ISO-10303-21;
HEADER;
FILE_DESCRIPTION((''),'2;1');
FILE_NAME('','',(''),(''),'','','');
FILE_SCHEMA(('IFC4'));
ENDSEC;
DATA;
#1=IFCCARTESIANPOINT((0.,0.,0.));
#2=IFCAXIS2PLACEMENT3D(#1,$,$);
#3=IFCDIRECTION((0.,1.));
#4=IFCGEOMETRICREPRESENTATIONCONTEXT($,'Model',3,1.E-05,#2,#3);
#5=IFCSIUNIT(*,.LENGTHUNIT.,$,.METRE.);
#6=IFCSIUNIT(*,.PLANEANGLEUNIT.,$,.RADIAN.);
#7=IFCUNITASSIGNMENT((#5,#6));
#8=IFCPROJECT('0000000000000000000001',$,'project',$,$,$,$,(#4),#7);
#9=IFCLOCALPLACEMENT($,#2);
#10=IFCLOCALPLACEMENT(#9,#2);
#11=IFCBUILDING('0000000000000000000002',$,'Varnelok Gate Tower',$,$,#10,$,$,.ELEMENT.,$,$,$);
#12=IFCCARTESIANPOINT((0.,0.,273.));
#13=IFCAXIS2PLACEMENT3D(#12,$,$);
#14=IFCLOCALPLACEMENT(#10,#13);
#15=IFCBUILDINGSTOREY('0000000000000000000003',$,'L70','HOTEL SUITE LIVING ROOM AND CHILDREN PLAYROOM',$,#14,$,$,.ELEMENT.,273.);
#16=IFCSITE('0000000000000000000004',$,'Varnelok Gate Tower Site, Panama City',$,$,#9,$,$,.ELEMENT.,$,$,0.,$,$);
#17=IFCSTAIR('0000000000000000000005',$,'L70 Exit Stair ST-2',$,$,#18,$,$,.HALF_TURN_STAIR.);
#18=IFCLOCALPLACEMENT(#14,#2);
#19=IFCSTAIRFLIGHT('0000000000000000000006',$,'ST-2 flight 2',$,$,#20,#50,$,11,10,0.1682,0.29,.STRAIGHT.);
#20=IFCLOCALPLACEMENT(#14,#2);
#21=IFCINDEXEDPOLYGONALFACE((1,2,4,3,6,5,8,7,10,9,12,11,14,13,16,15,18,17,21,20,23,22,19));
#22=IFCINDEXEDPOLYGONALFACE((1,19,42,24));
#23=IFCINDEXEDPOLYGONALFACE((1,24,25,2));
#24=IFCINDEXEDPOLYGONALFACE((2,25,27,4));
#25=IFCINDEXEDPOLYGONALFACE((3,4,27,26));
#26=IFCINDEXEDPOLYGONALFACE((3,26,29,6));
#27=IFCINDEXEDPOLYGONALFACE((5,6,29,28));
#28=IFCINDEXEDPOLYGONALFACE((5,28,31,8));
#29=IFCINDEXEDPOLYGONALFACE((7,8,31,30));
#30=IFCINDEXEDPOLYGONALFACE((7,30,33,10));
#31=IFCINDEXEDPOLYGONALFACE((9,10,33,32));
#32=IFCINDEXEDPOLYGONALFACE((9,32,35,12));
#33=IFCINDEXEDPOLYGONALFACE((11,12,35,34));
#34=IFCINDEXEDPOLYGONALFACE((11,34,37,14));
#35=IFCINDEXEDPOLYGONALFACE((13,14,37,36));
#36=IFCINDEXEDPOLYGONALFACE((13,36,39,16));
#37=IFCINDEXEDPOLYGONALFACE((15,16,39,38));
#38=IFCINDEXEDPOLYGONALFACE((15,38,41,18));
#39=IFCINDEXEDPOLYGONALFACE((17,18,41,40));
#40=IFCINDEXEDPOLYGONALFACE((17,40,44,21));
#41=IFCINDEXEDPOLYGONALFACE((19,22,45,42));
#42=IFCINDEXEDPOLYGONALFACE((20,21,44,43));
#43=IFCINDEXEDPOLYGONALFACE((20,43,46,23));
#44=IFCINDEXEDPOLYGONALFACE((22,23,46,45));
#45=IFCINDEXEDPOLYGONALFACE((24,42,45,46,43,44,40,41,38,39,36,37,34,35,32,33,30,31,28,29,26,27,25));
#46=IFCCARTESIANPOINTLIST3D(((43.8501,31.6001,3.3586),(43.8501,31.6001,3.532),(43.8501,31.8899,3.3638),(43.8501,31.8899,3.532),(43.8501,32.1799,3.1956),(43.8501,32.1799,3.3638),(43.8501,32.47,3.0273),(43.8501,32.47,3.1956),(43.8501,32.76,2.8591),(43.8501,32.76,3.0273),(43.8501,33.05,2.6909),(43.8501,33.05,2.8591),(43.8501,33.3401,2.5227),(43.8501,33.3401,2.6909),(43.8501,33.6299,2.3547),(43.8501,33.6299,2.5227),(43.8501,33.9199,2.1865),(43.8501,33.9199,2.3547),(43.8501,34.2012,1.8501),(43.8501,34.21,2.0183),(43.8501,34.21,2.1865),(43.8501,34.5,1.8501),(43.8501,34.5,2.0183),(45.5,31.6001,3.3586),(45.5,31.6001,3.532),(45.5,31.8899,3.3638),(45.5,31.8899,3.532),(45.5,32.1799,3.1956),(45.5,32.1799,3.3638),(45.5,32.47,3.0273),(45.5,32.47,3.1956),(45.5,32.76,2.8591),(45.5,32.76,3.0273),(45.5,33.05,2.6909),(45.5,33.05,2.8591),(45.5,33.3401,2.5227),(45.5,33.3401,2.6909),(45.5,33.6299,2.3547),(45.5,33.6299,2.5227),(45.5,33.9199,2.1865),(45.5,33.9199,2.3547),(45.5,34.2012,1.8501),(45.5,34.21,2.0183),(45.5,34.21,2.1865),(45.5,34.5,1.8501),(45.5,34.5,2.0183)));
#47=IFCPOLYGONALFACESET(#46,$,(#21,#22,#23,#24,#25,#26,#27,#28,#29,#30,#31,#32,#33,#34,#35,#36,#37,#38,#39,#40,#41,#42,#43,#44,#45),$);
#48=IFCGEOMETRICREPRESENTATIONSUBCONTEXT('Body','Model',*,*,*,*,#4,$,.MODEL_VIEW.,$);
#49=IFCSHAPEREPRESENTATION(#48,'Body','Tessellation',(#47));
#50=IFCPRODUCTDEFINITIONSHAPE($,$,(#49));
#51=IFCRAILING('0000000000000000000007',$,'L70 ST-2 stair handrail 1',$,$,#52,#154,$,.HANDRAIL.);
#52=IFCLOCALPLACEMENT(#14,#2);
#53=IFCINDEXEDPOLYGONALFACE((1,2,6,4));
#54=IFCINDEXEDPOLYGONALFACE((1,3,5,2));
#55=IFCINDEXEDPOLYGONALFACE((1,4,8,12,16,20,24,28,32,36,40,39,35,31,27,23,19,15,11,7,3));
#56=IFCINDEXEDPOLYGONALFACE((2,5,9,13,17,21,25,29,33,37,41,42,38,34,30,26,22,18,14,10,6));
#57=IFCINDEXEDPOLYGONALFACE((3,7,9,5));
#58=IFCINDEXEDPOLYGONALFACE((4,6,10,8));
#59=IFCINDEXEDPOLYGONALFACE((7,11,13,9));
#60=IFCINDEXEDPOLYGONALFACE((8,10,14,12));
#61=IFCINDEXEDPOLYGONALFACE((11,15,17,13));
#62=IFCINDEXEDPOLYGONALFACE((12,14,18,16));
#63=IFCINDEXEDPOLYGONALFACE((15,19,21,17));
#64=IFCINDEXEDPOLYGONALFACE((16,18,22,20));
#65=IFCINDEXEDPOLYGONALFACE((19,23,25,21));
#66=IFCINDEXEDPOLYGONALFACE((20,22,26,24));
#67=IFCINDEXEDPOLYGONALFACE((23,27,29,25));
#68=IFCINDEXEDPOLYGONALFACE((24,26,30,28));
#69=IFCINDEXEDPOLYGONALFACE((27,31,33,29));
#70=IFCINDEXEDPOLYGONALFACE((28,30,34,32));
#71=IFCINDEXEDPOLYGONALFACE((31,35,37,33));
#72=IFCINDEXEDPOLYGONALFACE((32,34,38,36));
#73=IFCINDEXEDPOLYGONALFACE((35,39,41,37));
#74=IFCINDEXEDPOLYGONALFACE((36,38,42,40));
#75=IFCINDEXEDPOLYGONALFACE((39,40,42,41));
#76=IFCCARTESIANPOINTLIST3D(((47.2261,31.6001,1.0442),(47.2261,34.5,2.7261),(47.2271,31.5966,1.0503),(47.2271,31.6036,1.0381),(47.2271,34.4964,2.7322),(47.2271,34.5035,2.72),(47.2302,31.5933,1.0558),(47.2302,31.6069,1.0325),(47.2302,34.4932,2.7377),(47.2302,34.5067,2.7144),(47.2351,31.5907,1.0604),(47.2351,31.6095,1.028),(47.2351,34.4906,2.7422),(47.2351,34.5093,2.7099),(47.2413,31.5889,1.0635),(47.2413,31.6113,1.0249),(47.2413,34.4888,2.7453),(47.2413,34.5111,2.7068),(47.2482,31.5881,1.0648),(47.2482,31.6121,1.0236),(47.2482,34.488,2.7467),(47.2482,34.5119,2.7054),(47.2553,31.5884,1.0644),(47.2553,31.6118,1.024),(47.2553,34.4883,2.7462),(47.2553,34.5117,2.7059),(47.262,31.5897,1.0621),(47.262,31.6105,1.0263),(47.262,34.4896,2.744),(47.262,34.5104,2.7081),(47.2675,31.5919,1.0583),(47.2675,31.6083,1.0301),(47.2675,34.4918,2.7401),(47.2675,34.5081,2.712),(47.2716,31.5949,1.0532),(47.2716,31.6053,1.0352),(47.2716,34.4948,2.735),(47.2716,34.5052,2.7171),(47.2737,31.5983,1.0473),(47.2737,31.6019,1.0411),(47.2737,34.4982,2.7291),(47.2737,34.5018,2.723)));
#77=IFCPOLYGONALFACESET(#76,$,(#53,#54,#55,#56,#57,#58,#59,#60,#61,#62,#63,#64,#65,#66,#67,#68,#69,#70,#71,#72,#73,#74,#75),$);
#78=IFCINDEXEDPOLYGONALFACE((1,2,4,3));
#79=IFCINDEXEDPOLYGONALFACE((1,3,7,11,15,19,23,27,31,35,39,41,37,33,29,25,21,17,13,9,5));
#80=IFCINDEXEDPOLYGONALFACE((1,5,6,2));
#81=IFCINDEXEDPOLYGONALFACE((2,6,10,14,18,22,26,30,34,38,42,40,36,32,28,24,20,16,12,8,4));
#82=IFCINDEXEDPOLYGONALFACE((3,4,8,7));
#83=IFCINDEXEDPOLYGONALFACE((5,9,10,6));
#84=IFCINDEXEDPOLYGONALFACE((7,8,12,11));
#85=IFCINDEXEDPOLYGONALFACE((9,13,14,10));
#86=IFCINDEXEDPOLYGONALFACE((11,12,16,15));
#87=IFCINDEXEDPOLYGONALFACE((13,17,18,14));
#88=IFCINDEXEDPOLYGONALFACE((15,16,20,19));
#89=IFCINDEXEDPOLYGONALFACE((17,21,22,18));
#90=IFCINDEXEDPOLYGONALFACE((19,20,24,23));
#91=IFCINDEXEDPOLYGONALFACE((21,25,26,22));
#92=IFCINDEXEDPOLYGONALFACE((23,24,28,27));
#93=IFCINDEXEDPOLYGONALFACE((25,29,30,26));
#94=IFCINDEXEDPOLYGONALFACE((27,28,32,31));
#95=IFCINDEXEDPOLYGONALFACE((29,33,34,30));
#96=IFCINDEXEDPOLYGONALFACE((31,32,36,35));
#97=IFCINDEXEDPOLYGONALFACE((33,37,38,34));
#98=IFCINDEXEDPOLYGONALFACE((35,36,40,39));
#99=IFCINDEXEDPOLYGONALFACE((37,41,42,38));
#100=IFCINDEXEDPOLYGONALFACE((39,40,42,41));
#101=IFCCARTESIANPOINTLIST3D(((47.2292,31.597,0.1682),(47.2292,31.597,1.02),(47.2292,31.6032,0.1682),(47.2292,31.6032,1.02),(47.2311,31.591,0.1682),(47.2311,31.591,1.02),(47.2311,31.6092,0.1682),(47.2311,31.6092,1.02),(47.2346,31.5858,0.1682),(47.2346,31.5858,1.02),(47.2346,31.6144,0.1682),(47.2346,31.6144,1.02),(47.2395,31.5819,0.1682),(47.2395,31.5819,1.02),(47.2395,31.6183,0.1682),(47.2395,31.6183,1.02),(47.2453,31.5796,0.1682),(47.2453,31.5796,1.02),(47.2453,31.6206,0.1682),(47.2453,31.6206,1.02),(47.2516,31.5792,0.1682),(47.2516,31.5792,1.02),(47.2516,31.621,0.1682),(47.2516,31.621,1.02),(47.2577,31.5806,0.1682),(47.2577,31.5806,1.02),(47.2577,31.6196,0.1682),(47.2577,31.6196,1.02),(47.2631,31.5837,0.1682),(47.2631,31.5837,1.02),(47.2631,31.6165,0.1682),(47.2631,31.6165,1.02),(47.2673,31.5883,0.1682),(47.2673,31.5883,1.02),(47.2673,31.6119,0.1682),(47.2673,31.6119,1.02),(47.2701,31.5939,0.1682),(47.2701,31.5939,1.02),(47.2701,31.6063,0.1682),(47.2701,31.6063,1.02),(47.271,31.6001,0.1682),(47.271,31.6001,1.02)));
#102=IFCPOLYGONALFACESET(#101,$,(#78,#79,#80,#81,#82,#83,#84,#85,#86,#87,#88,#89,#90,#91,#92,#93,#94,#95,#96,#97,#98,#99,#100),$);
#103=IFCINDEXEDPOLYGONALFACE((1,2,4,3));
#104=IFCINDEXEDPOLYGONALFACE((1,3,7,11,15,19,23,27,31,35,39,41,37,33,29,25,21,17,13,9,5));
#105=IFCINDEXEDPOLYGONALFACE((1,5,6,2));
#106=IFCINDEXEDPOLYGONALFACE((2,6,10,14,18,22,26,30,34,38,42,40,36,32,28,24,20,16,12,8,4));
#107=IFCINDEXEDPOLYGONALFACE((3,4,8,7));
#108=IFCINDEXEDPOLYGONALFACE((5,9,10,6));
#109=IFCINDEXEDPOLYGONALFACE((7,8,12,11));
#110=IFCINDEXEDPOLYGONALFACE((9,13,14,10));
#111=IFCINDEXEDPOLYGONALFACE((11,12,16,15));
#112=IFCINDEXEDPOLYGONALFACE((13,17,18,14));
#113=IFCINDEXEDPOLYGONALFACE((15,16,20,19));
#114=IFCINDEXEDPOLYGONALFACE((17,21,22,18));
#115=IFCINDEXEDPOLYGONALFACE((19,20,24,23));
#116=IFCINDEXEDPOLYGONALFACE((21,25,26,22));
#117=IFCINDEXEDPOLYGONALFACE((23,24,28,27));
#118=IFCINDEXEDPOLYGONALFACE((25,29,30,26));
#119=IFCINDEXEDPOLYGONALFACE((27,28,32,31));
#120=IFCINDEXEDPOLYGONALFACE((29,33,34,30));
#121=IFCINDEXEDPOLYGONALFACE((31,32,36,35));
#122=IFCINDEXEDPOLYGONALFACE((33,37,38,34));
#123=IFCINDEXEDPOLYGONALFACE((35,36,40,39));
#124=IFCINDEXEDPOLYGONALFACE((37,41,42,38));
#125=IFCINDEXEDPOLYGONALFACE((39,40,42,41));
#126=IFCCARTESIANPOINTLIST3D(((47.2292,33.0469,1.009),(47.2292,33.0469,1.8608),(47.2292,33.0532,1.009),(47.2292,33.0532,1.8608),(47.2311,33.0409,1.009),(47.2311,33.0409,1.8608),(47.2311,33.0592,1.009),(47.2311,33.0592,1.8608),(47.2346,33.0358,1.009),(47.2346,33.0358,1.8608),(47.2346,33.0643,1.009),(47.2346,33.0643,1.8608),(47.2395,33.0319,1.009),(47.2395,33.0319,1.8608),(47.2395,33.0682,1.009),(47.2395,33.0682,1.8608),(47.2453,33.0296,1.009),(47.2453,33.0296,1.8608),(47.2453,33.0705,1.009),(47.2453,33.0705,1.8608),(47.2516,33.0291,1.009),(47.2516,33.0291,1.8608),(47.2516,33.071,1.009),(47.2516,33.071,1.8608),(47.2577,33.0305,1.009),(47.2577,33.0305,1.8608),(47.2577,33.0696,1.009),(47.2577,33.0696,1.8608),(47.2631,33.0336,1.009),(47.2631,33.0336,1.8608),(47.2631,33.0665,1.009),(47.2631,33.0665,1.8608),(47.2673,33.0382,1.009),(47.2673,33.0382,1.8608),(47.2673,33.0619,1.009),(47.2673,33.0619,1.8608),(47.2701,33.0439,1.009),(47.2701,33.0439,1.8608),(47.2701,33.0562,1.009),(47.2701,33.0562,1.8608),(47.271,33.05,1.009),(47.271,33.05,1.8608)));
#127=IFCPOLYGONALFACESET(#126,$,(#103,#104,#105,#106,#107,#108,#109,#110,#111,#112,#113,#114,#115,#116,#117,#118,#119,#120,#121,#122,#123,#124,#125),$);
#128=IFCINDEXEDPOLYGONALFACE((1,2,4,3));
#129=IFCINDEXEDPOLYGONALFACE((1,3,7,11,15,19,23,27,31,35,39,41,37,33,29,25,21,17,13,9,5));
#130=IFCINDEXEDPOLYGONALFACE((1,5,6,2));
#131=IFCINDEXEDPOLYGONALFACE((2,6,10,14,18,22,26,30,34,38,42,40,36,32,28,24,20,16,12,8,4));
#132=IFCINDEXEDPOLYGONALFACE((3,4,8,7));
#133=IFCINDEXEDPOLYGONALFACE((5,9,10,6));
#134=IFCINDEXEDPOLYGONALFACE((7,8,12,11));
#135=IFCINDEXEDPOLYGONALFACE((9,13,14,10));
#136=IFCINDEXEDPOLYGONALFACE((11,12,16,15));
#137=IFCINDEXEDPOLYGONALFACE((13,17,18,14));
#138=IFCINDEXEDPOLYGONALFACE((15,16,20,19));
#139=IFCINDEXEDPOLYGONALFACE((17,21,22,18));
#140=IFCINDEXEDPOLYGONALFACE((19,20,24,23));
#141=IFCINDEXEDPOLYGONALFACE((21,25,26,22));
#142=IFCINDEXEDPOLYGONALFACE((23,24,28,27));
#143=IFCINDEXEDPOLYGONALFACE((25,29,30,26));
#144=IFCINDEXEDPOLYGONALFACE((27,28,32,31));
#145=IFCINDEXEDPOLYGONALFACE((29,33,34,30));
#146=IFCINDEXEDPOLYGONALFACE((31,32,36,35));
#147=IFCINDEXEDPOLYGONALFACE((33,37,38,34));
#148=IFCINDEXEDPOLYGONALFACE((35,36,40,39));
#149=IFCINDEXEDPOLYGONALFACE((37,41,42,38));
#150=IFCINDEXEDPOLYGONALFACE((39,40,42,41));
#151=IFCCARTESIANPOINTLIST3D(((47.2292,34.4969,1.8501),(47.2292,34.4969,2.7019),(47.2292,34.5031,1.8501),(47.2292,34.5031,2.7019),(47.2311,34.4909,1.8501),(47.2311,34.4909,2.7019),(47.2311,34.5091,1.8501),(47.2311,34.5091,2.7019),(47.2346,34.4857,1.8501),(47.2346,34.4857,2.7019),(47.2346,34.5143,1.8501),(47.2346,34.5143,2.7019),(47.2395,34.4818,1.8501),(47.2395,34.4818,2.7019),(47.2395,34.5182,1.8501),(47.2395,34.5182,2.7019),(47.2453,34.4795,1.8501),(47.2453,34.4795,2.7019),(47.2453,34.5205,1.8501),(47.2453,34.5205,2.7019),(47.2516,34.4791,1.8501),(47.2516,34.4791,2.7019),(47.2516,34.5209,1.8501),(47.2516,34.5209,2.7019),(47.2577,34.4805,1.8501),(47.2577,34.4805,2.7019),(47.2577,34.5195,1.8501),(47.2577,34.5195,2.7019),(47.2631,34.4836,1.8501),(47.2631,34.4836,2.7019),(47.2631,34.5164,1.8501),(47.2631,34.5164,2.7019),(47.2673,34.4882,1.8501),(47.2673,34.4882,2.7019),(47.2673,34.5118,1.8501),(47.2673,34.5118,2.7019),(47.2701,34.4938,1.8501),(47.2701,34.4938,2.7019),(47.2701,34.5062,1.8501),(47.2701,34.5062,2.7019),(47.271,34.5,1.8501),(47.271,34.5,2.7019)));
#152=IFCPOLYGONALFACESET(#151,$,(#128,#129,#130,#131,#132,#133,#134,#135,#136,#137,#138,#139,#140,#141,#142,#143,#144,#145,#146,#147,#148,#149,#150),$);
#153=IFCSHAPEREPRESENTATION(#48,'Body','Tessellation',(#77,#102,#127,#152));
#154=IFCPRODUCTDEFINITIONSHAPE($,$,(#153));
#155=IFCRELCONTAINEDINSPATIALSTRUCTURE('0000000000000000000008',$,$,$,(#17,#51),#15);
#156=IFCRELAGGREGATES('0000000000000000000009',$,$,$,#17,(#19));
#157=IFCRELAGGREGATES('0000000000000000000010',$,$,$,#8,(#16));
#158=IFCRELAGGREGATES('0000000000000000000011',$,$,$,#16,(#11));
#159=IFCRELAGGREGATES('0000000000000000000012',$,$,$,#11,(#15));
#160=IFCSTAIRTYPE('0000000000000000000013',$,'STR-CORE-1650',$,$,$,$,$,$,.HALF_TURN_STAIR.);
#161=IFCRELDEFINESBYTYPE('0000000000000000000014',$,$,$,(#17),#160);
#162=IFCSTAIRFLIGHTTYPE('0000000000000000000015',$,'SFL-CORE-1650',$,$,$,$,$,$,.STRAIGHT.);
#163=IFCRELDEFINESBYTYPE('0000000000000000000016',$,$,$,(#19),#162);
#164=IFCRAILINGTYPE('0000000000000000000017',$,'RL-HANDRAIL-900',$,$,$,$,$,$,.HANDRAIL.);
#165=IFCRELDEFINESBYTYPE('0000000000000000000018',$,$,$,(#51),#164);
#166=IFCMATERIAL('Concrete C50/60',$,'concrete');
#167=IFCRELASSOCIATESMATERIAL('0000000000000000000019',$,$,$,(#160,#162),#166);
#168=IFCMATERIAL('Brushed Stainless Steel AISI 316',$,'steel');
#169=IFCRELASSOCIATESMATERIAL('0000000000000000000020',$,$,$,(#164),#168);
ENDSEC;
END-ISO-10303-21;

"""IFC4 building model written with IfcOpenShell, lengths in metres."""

from ifc_helpers import new_model, si_unit, direction, frame, origin, origin_2d, place, context, subcontext, project, spatial, polyline, circle, outline, extrude, material, type_object, element, aggregate, save


model = new_model("IFC4")

# Units and contexts
model_context = context("Model", 3, precision=1e-05, world=origin(), true_north=direction((0.0, 1.0)))
body_context = subcontext(model_context, "Body", "Model", "MODEL_VIEW")
ifc_project = project(units=[si_unit("LENGTHUNIT", "METRE"), si_unit("PLANEANGLEUNIT", "RADIAN")], contexts=[model_context])

# Site, building, storey
site_placement = place(None, origin())
site = spatial("IfcSite", under=ifc_project, at=site_placement, Name="Varnelok Gate Tower Site, Panama City", CompositionType="ELEMENT", RefElevation=0.0)
building_placement = place(site_placement, origin())
building = spatial("IfcBuilding", under=site, at=building_placement, Name="Varnelok Gate Tower", CompositionType="ELEMENT")
storey_placement = place(building_placement, frame((0.0, 0.0, 273.0)))
storey = spatial("IfcBuildingStorey", under=building, at=storey_placement, Name="L70", Description="HOTEL SUITE LIVING ROOM AND CHILDREN PLAYROOM", CompositionType="ELEMENT", Elevation=273.0)

# Shared definitions
ifc_material_1 = material(Name="Concrete C50/60", Category="concrete")

# Stair, stair flight
stair_type = type_object("IfcStairType", Name="STR-CORE-1650", PredefinedType="HALF_TURN_STAIR", material=ifc_material_1)
stair_placement = place(storey_placement, origin())
stair = element("IfcStair", 1, at=stair_placement, inside=storey, type_object=stair_type, Name="L70 Exit Stair ST-2", PredefinedType="HALF_TURN_STAIR")
stair_flight_type = type_object("IfcStairFlightType", Name="SFL-CORE-1650", PredefinedType="STRAIGHT", material=ifc_material_1)
stair_flight_1_placement = place(storey_placement, frame((44.675, 34.5, 1.8501), z_axis=(0.0, 0.0, 1.0), x_axis=(0.0, -1.0, 0.0)))
stair_flight_1 = element("IfcStairFlight", 2, at=stair_flight_1_placement, type_object=stair_flight_type, Name="ST-2 flight 2", NumberOfRisers=11, NumberOfTreads=10, PredefinedType="STRAIGHT", RiserHeight=0.1682, TreadLength=0.29, context=body_context, shape_type="SweptSolid", body=[
    extrude(outline(polyline([(0.0, 0.0), (0.0, 0.1682), (0.29, 0.1682), (0.29, 0.3364), (0.5801, 0.3364), (0.5801, 0.5046), (0.8701, 0.5046), (0.8701, 0.6726), (1.1599, 0.6726), (1.1599, 0.8408), (1.45, 0.8408), (1.45, 1.009), (1.74, 1.009), (1.74, 1.1772), (2.03, 1.1772), (2.03, 1.3455), (2.3201, 1.3455), (2.3201, 1.5137), (2.6101, 1.5137), (2.6101, 1.6819), (2.8999, 1.6819), (2.8999, 1.8501), (2.8999, 1.5085), (0.2988, 0.0), (0.0, 0.0)])), frame((0.0, 0.825, 0.0), z_axis=(0.0, -1.0, 0.0), x_axis=(1.0, 0.0, 0.0)), (0.0, 0.0, 1.0), 1.6499),
])
aggregate(stair, [stair_flight_1])

# Railing
ifc_material_2 = material(Name="Brushed Stainless Steel AISI 316", Category="steel")
railing_type_1 = type_object("IfcRailingType", Name="RL-HANDRAIL-900", PredefinedType="HANDRAIL", material=ifc_material_2)
railing_1_placement = place(storey_placement, frame((47.25, 31.6001, 0.1682)))
element("IfcRailing", 3, at=railing_1_placement, inside=storey, type_object=railing_type_1, Name="L70 ST-2 stair handrail 1", PredefinedType="HANDRAIL", context=body_context, shape_type="SweptSolid", body=[
    extrude(circle(Radius=0.0239, at=origin_2d()), frame((0.0, 0.0, 0.876), z_axis=(0.0, 0.865039, 0.501705), x_axis=(-1.0, 0.0, 0.0)), (0.0, 0.0, 1.0), 3.3523),
    extrude(circle(Radius=0.021, at=origin_2d()), origin(), (0.0, 0.0, 1.0), 0.8518),
    extrude(circle(Radius=0.021, at=origin_2d()), frame((0.0, 1.45, 0.8408)), (0.0, 0.0, 1.0), 0.8518),
    extrude(circle(Radius=0.021, at=origin_2d()), frame((0.0, 2.8999, 1.6819)), (0.0, 0.0, 1.0), 0.8518),
])

save(model, "model.ifc")
